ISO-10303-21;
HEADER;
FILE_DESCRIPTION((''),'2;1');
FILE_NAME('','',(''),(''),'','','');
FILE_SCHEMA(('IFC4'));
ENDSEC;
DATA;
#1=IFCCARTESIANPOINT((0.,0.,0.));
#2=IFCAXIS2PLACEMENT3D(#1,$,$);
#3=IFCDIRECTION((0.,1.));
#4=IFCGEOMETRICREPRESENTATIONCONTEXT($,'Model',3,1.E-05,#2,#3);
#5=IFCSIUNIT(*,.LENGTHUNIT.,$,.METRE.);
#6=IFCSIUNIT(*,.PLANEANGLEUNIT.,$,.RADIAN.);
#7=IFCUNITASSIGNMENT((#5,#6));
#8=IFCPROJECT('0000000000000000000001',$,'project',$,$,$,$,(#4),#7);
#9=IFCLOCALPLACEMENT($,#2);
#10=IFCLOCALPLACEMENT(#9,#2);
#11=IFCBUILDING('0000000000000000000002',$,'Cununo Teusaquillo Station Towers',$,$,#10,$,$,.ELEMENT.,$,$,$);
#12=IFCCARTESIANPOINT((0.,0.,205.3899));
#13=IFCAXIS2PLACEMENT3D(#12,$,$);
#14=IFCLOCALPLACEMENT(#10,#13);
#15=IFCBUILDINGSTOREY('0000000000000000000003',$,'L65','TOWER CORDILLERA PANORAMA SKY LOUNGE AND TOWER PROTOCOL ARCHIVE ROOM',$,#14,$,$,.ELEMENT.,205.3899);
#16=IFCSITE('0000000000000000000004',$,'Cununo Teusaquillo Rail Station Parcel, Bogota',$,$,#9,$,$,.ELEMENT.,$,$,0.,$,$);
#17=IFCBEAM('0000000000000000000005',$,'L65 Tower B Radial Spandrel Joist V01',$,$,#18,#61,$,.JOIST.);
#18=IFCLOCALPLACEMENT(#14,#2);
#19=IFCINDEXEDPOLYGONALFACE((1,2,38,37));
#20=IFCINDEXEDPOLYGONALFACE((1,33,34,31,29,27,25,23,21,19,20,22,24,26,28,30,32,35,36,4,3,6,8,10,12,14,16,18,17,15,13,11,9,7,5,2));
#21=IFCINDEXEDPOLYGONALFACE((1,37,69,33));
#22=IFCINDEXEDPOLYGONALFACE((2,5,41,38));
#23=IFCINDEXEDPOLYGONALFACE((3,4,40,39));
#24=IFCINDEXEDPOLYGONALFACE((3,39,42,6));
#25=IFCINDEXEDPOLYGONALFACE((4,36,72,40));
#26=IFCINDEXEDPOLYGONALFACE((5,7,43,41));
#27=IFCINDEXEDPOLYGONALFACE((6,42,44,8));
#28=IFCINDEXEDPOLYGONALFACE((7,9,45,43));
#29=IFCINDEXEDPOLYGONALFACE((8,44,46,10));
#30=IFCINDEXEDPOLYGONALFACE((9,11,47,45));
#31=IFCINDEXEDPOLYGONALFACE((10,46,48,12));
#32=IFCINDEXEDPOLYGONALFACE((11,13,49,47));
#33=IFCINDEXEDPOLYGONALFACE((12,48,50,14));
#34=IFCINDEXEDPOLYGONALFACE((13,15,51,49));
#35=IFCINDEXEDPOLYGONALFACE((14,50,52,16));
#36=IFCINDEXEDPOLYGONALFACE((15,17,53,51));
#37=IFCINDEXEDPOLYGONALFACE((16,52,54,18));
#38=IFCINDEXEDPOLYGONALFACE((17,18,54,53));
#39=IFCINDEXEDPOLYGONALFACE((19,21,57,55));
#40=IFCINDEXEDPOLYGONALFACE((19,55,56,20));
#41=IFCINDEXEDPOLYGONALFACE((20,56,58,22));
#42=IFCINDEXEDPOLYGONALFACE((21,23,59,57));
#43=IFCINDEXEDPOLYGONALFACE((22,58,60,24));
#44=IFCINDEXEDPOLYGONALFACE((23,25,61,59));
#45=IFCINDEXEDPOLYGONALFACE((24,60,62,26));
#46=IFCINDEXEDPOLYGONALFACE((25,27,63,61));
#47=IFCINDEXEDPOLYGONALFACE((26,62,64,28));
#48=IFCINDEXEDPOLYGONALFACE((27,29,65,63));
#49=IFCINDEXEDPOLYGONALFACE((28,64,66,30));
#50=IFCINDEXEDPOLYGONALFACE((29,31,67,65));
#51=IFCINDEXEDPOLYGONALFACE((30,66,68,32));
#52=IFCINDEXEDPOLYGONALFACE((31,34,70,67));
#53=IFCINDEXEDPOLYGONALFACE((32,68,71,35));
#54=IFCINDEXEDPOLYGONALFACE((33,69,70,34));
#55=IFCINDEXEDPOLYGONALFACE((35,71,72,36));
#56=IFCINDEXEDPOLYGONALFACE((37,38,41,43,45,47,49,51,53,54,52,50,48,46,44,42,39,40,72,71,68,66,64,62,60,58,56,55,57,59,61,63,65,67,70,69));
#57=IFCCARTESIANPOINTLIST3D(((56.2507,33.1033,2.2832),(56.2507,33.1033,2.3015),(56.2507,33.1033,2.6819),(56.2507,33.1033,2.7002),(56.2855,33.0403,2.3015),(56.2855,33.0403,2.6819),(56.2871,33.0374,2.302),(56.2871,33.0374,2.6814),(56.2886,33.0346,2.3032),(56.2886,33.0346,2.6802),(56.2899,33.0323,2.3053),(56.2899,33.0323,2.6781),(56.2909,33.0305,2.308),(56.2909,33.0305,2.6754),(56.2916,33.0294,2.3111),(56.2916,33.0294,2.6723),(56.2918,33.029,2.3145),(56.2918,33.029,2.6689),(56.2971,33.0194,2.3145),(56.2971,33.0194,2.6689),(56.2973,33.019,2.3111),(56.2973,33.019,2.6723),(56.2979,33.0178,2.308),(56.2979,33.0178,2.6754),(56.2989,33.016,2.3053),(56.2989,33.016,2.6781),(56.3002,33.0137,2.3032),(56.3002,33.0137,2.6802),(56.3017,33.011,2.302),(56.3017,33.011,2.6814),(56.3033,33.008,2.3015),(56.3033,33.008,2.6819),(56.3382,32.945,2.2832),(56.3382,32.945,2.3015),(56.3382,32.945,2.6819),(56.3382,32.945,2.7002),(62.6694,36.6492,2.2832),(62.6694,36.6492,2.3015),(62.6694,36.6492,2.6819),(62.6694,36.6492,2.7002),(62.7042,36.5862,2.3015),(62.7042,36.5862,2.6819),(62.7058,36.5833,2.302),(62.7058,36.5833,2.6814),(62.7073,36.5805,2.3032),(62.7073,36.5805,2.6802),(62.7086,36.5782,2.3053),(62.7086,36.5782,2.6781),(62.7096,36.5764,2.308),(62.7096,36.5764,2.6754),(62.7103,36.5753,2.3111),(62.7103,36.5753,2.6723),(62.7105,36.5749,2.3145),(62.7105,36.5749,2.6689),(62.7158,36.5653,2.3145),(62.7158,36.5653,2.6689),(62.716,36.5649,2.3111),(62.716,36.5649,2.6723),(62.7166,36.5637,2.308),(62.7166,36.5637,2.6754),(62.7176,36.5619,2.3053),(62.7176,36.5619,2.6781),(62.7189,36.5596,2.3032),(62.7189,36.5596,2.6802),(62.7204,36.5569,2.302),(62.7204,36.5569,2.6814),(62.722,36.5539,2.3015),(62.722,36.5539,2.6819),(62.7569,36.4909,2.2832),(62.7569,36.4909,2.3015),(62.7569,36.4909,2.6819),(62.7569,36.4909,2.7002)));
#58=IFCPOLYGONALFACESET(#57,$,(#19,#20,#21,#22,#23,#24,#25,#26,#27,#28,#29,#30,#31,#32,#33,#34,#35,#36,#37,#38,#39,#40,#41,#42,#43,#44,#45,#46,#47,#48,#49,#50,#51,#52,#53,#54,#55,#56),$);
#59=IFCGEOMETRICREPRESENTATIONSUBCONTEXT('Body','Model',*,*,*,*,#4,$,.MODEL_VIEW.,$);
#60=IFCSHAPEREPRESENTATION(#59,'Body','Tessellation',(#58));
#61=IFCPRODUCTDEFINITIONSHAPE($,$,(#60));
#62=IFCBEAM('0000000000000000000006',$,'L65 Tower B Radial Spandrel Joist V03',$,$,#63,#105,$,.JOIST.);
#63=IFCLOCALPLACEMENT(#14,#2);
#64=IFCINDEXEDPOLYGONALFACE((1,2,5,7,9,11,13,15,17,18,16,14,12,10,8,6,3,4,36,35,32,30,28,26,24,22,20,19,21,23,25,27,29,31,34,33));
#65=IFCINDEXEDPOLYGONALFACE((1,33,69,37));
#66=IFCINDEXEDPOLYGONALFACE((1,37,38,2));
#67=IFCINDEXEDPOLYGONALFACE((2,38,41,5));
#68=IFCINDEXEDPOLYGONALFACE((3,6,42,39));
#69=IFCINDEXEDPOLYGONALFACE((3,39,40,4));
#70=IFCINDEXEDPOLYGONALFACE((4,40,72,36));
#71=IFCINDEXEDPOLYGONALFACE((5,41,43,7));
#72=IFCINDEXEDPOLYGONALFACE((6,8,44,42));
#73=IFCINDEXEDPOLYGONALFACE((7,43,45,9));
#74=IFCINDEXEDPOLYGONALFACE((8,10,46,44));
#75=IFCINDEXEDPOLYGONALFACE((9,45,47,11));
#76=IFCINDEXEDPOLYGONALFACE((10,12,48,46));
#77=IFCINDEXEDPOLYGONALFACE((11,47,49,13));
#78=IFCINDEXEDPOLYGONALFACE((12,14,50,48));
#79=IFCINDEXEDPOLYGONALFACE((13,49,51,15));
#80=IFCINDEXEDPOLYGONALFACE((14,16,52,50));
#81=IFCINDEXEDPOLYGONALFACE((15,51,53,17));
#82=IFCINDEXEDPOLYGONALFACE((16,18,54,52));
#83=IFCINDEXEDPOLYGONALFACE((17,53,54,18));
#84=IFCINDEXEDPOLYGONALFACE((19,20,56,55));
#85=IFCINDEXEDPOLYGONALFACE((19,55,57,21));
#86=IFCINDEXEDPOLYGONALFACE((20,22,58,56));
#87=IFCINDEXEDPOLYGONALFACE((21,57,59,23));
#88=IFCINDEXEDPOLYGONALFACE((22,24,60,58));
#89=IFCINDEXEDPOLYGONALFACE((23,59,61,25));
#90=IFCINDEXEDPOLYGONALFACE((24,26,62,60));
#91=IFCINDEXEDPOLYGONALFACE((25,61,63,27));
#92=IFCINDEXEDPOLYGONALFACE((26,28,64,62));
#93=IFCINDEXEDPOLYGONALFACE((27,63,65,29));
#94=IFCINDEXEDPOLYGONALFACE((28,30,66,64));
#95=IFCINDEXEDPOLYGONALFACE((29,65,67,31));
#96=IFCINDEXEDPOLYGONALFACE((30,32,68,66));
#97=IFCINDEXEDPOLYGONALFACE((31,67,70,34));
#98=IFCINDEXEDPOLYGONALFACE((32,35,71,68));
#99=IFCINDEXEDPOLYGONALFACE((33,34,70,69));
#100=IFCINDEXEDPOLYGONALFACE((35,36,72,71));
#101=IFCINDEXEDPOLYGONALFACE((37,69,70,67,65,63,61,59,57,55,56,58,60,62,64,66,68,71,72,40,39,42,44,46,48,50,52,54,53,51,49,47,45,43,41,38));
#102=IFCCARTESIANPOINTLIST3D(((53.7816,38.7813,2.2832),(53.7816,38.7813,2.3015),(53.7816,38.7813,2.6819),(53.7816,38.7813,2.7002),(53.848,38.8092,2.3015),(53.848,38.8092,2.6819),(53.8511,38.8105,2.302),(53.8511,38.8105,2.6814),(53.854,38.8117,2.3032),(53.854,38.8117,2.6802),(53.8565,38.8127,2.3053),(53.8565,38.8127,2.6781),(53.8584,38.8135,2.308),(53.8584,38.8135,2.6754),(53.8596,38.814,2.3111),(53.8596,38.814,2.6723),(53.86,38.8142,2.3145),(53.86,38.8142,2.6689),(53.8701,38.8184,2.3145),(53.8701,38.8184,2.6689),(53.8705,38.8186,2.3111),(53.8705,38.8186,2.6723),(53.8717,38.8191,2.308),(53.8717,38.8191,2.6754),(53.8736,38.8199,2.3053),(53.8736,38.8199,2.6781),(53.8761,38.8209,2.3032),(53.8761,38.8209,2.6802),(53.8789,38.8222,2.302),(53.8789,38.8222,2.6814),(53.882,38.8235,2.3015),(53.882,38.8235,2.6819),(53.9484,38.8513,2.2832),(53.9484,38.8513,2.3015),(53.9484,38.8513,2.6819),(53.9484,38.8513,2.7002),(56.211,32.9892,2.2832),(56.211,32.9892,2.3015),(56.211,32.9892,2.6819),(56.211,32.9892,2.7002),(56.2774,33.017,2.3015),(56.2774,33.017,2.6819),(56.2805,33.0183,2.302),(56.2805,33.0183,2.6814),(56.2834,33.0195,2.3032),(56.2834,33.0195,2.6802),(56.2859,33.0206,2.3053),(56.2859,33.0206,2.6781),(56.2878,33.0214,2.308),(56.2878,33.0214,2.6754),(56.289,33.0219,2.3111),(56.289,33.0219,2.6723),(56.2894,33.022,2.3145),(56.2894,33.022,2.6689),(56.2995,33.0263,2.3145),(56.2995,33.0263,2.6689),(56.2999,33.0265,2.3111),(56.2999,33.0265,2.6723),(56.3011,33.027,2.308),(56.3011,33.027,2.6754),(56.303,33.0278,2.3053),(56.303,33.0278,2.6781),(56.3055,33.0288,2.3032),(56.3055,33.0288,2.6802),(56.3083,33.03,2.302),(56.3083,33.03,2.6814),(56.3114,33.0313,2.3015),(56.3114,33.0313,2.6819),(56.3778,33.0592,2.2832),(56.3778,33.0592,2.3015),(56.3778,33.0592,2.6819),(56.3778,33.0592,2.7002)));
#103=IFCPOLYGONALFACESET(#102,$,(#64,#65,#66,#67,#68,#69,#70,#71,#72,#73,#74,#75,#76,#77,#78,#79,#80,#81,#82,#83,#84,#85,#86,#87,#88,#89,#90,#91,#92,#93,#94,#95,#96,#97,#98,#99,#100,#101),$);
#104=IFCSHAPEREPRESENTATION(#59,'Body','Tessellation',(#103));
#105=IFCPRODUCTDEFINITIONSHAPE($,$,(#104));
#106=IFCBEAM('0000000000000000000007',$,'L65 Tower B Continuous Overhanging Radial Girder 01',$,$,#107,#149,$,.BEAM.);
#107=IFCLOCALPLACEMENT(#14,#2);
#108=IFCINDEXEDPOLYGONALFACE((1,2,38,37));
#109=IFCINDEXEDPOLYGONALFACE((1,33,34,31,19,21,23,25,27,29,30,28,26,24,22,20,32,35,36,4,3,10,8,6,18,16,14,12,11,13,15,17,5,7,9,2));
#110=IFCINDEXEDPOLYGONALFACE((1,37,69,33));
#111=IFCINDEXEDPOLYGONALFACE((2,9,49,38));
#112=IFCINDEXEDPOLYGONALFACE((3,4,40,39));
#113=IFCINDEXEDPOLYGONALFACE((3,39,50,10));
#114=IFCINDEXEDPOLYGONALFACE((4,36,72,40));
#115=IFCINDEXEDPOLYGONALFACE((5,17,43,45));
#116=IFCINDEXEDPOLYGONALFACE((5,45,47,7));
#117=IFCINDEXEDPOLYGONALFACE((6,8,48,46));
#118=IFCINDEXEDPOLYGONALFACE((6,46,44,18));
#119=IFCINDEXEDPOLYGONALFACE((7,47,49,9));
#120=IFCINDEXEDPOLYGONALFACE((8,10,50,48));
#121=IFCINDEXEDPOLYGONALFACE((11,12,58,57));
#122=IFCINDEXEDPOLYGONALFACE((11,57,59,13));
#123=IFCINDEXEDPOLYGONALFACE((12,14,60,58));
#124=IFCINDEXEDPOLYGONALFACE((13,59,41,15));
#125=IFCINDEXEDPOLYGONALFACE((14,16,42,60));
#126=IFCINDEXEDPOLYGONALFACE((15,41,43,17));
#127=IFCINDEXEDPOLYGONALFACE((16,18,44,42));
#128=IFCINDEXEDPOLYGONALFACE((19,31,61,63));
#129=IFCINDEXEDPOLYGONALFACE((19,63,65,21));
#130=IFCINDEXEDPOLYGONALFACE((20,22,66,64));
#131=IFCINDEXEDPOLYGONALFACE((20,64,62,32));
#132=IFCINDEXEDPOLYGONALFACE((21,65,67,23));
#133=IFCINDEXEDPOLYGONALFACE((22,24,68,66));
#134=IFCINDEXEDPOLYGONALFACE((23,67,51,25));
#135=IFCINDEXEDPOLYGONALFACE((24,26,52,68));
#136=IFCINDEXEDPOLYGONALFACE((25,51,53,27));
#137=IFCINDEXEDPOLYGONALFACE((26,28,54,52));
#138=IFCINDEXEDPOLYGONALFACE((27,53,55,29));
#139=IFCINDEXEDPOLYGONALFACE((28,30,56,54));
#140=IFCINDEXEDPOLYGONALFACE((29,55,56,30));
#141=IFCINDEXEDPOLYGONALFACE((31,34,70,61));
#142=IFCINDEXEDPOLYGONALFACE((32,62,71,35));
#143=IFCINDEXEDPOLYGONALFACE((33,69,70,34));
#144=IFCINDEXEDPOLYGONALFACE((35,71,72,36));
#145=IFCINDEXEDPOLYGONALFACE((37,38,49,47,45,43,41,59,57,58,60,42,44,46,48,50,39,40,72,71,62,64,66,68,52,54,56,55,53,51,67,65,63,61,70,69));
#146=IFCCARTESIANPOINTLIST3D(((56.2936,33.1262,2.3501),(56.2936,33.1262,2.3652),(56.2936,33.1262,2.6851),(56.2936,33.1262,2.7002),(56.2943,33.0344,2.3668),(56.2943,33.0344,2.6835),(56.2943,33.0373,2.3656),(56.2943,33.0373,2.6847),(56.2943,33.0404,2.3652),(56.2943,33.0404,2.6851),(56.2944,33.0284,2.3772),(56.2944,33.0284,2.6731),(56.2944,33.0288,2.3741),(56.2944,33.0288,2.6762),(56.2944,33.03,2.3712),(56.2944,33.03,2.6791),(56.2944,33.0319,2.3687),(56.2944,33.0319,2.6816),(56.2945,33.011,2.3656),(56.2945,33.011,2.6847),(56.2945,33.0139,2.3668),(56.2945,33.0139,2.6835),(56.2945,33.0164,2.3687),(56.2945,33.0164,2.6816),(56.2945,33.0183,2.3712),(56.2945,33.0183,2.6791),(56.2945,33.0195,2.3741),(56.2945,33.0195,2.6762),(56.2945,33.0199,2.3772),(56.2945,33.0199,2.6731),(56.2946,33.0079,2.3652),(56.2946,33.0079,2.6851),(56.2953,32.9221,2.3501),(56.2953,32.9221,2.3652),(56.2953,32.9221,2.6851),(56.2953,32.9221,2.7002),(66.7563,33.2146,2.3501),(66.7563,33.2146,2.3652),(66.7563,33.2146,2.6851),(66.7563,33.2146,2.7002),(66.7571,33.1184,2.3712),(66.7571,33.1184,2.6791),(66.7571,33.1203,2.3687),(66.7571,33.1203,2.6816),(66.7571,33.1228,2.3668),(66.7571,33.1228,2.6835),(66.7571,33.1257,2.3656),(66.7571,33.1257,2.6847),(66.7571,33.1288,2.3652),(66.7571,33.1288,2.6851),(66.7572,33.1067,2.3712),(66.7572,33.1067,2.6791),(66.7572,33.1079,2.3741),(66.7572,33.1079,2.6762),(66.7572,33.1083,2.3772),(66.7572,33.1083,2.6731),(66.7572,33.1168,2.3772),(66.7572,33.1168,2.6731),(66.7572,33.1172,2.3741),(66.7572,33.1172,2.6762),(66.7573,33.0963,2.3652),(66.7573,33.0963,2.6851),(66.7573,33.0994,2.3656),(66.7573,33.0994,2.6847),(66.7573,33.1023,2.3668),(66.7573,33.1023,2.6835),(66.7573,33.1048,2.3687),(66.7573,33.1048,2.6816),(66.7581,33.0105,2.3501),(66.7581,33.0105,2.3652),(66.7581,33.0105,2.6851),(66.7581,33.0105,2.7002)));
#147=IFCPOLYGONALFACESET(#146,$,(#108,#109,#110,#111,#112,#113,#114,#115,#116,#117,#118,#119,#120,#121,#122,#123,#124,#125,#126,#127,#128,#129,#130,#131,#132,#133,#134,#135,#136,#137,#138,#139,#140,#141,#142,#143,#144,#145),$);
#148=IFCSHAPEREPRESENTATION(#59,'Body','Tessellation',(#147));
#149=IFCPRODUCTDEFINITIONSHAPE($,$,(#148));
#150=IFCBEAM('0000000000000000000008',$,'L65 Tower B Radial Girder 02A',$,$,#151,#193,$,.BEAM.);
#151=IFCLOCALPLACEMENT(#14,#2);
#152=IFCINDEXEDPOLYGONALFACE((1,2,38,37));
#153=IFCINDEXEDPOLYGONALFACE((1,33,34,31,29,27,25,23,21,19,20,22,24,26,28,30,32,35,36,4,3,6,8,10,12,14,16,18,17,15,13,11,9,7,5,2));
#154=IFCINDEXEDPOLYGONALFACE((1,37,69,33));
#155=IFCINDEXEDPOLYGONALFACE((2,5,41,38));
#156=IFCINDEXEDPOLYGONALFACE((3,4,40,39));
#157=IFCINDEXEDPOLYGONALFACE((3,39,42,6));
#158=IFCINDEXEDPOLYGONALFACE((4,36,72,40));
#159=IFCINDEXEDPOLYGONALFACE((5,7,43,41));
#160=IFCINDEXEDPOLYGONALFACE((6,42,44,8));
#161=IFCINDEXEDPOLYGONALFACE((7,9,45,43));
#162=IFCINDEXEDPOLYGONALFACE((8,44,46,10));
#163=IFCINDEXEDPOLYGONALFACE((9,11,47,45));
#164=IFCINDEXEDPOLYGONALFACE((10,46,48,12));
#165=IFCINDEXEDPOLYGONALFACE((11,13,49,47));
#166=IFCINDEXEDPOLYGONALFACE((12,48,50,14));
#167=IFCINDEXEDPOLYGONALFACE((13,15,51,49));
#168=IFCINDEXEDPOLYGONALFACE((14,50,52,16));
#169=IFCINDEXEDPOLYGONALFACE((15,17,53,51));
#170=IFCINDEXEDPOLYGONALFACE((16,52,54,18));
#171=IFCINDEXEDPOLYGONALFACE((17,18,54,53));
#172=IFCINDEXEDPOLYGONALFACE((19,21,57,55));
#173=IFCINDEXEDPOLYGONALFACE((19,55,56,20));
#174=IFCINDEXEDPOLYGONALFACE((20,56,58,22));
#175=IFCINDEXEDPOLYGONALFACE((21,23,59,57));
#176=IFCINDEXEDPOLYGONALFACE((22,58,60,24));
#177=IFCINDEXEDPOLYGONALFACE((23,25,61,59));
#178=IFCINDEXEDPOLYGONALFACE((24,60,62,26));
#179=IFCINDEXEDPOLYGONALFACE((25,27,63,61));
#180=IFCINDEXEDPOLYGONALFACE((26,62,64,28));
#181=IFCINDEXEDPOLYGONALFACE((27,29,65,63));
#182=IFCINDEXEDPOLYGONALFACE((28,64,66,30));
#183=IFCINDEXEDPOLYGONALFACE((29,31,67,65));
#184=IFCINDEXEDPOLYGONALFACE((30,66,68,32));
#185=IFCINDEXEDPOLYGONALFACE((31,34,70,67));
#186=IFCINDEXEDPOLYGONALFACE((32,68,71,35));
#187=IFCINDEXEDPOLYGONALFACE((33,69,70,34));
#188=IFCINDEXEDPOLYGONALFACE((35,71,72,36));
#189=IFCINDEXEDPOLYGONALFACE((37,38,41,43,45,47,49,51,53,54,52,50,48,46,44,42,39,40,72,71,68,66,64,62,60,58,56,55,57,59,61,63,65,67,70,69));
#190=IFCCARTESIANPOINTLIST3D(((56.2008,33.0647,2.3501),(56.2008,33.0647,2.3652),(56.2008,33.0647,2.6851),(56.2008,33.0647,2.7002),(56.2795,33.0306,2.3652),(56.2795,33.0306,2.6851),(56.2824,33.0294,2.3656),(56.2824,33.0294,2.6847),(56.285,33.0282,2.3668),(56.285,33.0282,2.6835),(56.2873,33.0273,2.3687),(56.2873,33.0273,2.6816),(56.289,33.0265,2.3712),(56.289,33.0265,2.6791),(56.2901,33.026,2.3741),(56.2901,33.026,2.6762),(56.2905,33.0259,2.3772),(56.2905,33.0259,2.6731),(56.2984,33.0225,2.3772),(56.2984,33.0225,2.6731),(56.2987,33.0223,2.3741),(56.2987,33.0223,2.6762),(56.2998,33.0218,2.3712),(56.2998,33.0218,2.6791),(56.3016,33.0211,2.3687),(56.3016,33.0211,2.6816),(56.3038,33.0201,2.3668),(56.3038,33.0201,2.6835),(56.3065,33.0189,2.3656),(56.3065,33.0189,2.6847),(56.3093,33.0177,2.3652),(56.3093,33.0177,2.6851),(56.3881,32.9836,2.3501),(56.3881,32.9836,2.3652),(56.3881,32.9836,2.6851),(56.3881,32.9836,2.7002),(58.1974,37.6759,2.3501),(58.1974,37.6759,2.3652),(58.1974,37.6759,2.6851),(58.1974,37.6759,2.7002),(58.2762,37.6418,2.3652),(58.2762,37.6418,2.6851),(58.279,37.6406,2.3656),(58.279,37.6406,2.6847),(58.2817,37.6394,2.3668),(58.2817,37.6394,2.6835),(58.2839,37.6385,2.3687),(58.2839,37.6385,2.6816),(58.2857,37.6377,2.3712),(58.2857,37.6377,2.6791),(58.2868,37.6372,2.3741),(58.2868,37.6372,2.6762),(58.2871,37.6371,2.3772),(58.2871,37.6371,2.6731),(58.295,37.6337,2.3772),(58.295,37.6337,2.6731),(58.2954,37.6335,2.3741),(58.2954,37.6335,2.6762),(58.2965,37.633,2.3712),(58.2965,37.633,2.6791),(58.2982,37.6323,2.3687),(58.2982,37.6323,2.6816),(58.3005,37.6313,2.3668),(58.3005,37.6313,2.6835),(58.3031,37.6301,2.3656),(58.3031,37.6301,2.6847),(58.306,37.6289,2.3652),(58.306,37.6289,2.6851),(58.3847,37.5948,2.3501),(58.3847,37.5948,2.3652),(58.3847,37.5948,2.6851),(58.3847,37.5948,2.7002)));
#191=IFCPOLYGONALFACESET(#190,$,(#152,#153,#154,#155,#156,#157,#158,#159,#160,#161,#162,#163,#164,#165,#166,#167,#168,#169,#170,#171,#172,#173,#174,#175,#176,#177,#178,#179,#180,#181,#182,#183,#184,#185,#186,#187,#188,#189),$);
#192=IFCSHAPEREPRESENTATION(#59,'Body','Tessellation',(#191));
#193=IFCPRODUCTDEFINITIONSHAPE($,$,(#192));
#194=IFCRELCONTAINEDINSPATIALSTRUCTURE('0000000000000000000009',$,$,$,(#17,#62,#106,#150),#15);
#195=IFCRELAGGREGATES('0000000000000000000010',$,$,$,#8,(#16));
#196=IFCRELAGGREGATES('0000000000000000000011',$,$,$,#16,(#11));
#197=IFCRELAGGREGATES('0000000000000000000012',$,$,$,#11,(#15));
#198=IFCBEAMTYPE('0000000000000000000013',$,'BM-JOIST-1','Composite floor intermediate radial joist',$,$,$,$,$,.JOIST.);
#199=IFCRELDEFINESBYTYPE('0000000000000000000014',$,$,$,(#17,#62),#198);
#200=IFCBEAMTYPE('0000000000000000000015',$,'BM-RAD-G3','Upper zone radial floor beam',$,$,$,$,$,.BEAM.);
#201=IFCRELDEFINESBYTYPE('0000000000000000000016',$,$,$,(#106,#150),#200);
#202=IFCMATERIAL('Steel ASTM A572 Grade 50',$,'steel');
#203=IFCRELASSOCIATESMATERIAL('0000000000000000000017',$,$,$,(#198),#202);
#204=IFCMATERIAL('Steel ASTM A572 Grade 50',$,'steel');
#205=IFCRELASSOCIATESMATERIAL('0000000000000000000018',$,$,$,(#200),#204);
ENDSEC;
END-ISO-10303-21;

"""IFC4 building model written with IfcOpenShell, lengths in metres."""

from ifc_helpers import new_model, si_unit, direction, frame, origin, origin_2d, place, context, subcontext, project, spatial, i_section, extrude, material, material_profile, profile_set, type_object, element, save


model = new_model("IFC4")

# Units and contexts
model_context = context("Model", 3, precision=1e-05, world=origin(), true_north=direction((0.0, 1.0)))
body_context = subcontext(model_context, "Body", "Model", "MODEL_VIEW")
ifc_project = project(units=[si_unit("LENGTHUNIT", "METRE"), si_unit("PLANEANGLEUNIT", "RADIAN")], contexts=[model_context])

# Site, building, storey
site_placement = place(None, origin())
site = spatial("IfcSite", under=ifc_project, at=site_placement, Name="Cununo Teusaquillo Rail Station Parcel, Bogota", CompositionType="ELEMENT", RefElevation=0.0)
building_placement = place(site_placement, origin())
building = spatial("IfcBuilding", under=site, at=building_placement, Name="Cununo Teusaquillo Station Towers", CompositionType="ELEMENT")
storey_placement = place(building_placement, frame((0.0, 0.0, 205.3899)))
storey = spatial("IfcBuildingStorey", under=building, at=storey_placement, Name="L65", Description="TOWER CORDILLERA PANORAMA SKY LOUNGE AND TOWER PROTOCOL ARCHIVE ROOM", CompositionType="ELEMENT", Elevation=205.3899)

# Beams
ifc_material_1 = material(Name="Steel ASTM A572 Grade 50", Category="steel")
ifc_material_profile_1 = material_profile(ifc_material_1, i_section(OverallWidth=0.1809, OverallDepth=0.417, WebThickness=0.011, FlangeThickness=0.0183, FilletRadius=0.0129, at=origin_2d()), Name="W16X57")
ifc_profile_set_1 = profile_set([ifc_material_profile_1], Name="Steel ASTM A572 Grade 50")
beam_type_1 = type_object("IfcBeamType", Name="BM-JOIST-1", Description="Composite floor intermediate radial joist", PredefinedType="JOIST", material=ifc_profile_set_1)
beam_1_placement = place(storey_placement, frame((56.2944, 33.0242, 2.4917), z_axis=(0.875315, 0.483553, 0.0), x_axis=(-0.483553, 0.875315, 0.0)))
element("IfcBeam", 1, at=beam_1_placement, inside=storey, type_object=beam_type_1, Name="L65 Tower B Radial Spandrel Joist V01", PredefinedType="JOIST", context=body_context, shape_type="SweptSolid", body=[
    extrude(i_section(OverallWidth=0.1809, OverallDepth=0.417, WebThickness=0.011, FlangeThickness=0.0183, FilletRadius=0.0129, at=origin_2d()), origin(), (0.0, 0.0, 1.0), 7.333),
])
beam_2_placement = place(storey_placement, frame((56.2944, 33.0242, 2.4917), z_axis=(-0.386786, 0.922169, 0.0), x_axis=(-0.922169, -0.386786, 0.0)))
element("IfcBeam", 2, at=beam_2_placement, inside=storey, type_object=beam_type_1, Name="L65 Tower B Radial Spandrel Joist V03", PredefinedType="JOIST", context=body_context, shape_type="SweptSolid", body=[
    extrude(i_section(OverallWidth=0.1809, OverallDepth=0.417, WebThickness=0.011, FlangeThickness=0.0183, FilletRadius=0.0129, at=origin_2d()), origin(), (0.0, 0.0, 1.0), 6.281),
])
ifc_material_2 = material(Name="Steel ASTM A572 Grade 50", Category="steel")
ifc_material_profile_2 = material_profile(ifc_material_2, i_section(OverallWidth=0.2041, OverallDepth=0.3501, WebThickness=0.0085, FlangeThickness=0.0151, FilletRadius=0.012, at=origin_2d()), Name="W14X48")
ifc_profile_set_2 = profile_set([ifc_material_profile_2], Name="Steel ASTM A572 Grade 50")
beam_type_2 = type_object("IfcBeamType", Name="BM-RAD-G3", Description="Upper zone radial floor beam", PredefinedType="BEAM", material=ifc_profile_set_2)
beam_3_placement = place(storey_placement, frame((56.2944, 33.0242, 2.5251), z_axis=(0.999964, 0.008447, 0.0), x_axis=(-0.008447, 0.999964, 0.0)))
element("IfcBeam", 3, at=beam_3_placement, inside=storey, type_object=beam_type_2, Name="L65 Tower B Continuous Overhanging Radial Girder 01", PredefinedType="BEAM", context=body_context, shape_type="SweptSolid", body=[
    extrude(i_section(OverallWidth=0.2041, OverallDepth=0.3501, WebThickness=0.0085, FlangeThickness=0.0151, FilletRadius=0.012, at=origin_2d()), origin(), (0.0, 0.0, 1.0), 10.4631),
])
beam_4_placement = place(storey_placement, frame((56.2944, 33.0242, 2.5251), z_axis=(0.397347, 0.917668, 0.0), x_axis=(-0.917668, 0.397347, 0.0)))
element("IfcBeam", 4, at=beam_4_placement, inside=storey, type_object=beam_type_2, Name="L65 Tower B Radial Girder 02A", PredefinedType="BEAM", context=body_context, shape_type="SweptSolid", body=[
    extrude(i_section(OverallWidth=0.2041, OverallDepth=0.3501, WebThickness=0.0085, FlangeThickness=0.0151, FilletRadius=0.012, at=origin_2d()), origin(), (0.0, 0.0, 1.0), 5.0249),
])

save(model, "model.ifc")
